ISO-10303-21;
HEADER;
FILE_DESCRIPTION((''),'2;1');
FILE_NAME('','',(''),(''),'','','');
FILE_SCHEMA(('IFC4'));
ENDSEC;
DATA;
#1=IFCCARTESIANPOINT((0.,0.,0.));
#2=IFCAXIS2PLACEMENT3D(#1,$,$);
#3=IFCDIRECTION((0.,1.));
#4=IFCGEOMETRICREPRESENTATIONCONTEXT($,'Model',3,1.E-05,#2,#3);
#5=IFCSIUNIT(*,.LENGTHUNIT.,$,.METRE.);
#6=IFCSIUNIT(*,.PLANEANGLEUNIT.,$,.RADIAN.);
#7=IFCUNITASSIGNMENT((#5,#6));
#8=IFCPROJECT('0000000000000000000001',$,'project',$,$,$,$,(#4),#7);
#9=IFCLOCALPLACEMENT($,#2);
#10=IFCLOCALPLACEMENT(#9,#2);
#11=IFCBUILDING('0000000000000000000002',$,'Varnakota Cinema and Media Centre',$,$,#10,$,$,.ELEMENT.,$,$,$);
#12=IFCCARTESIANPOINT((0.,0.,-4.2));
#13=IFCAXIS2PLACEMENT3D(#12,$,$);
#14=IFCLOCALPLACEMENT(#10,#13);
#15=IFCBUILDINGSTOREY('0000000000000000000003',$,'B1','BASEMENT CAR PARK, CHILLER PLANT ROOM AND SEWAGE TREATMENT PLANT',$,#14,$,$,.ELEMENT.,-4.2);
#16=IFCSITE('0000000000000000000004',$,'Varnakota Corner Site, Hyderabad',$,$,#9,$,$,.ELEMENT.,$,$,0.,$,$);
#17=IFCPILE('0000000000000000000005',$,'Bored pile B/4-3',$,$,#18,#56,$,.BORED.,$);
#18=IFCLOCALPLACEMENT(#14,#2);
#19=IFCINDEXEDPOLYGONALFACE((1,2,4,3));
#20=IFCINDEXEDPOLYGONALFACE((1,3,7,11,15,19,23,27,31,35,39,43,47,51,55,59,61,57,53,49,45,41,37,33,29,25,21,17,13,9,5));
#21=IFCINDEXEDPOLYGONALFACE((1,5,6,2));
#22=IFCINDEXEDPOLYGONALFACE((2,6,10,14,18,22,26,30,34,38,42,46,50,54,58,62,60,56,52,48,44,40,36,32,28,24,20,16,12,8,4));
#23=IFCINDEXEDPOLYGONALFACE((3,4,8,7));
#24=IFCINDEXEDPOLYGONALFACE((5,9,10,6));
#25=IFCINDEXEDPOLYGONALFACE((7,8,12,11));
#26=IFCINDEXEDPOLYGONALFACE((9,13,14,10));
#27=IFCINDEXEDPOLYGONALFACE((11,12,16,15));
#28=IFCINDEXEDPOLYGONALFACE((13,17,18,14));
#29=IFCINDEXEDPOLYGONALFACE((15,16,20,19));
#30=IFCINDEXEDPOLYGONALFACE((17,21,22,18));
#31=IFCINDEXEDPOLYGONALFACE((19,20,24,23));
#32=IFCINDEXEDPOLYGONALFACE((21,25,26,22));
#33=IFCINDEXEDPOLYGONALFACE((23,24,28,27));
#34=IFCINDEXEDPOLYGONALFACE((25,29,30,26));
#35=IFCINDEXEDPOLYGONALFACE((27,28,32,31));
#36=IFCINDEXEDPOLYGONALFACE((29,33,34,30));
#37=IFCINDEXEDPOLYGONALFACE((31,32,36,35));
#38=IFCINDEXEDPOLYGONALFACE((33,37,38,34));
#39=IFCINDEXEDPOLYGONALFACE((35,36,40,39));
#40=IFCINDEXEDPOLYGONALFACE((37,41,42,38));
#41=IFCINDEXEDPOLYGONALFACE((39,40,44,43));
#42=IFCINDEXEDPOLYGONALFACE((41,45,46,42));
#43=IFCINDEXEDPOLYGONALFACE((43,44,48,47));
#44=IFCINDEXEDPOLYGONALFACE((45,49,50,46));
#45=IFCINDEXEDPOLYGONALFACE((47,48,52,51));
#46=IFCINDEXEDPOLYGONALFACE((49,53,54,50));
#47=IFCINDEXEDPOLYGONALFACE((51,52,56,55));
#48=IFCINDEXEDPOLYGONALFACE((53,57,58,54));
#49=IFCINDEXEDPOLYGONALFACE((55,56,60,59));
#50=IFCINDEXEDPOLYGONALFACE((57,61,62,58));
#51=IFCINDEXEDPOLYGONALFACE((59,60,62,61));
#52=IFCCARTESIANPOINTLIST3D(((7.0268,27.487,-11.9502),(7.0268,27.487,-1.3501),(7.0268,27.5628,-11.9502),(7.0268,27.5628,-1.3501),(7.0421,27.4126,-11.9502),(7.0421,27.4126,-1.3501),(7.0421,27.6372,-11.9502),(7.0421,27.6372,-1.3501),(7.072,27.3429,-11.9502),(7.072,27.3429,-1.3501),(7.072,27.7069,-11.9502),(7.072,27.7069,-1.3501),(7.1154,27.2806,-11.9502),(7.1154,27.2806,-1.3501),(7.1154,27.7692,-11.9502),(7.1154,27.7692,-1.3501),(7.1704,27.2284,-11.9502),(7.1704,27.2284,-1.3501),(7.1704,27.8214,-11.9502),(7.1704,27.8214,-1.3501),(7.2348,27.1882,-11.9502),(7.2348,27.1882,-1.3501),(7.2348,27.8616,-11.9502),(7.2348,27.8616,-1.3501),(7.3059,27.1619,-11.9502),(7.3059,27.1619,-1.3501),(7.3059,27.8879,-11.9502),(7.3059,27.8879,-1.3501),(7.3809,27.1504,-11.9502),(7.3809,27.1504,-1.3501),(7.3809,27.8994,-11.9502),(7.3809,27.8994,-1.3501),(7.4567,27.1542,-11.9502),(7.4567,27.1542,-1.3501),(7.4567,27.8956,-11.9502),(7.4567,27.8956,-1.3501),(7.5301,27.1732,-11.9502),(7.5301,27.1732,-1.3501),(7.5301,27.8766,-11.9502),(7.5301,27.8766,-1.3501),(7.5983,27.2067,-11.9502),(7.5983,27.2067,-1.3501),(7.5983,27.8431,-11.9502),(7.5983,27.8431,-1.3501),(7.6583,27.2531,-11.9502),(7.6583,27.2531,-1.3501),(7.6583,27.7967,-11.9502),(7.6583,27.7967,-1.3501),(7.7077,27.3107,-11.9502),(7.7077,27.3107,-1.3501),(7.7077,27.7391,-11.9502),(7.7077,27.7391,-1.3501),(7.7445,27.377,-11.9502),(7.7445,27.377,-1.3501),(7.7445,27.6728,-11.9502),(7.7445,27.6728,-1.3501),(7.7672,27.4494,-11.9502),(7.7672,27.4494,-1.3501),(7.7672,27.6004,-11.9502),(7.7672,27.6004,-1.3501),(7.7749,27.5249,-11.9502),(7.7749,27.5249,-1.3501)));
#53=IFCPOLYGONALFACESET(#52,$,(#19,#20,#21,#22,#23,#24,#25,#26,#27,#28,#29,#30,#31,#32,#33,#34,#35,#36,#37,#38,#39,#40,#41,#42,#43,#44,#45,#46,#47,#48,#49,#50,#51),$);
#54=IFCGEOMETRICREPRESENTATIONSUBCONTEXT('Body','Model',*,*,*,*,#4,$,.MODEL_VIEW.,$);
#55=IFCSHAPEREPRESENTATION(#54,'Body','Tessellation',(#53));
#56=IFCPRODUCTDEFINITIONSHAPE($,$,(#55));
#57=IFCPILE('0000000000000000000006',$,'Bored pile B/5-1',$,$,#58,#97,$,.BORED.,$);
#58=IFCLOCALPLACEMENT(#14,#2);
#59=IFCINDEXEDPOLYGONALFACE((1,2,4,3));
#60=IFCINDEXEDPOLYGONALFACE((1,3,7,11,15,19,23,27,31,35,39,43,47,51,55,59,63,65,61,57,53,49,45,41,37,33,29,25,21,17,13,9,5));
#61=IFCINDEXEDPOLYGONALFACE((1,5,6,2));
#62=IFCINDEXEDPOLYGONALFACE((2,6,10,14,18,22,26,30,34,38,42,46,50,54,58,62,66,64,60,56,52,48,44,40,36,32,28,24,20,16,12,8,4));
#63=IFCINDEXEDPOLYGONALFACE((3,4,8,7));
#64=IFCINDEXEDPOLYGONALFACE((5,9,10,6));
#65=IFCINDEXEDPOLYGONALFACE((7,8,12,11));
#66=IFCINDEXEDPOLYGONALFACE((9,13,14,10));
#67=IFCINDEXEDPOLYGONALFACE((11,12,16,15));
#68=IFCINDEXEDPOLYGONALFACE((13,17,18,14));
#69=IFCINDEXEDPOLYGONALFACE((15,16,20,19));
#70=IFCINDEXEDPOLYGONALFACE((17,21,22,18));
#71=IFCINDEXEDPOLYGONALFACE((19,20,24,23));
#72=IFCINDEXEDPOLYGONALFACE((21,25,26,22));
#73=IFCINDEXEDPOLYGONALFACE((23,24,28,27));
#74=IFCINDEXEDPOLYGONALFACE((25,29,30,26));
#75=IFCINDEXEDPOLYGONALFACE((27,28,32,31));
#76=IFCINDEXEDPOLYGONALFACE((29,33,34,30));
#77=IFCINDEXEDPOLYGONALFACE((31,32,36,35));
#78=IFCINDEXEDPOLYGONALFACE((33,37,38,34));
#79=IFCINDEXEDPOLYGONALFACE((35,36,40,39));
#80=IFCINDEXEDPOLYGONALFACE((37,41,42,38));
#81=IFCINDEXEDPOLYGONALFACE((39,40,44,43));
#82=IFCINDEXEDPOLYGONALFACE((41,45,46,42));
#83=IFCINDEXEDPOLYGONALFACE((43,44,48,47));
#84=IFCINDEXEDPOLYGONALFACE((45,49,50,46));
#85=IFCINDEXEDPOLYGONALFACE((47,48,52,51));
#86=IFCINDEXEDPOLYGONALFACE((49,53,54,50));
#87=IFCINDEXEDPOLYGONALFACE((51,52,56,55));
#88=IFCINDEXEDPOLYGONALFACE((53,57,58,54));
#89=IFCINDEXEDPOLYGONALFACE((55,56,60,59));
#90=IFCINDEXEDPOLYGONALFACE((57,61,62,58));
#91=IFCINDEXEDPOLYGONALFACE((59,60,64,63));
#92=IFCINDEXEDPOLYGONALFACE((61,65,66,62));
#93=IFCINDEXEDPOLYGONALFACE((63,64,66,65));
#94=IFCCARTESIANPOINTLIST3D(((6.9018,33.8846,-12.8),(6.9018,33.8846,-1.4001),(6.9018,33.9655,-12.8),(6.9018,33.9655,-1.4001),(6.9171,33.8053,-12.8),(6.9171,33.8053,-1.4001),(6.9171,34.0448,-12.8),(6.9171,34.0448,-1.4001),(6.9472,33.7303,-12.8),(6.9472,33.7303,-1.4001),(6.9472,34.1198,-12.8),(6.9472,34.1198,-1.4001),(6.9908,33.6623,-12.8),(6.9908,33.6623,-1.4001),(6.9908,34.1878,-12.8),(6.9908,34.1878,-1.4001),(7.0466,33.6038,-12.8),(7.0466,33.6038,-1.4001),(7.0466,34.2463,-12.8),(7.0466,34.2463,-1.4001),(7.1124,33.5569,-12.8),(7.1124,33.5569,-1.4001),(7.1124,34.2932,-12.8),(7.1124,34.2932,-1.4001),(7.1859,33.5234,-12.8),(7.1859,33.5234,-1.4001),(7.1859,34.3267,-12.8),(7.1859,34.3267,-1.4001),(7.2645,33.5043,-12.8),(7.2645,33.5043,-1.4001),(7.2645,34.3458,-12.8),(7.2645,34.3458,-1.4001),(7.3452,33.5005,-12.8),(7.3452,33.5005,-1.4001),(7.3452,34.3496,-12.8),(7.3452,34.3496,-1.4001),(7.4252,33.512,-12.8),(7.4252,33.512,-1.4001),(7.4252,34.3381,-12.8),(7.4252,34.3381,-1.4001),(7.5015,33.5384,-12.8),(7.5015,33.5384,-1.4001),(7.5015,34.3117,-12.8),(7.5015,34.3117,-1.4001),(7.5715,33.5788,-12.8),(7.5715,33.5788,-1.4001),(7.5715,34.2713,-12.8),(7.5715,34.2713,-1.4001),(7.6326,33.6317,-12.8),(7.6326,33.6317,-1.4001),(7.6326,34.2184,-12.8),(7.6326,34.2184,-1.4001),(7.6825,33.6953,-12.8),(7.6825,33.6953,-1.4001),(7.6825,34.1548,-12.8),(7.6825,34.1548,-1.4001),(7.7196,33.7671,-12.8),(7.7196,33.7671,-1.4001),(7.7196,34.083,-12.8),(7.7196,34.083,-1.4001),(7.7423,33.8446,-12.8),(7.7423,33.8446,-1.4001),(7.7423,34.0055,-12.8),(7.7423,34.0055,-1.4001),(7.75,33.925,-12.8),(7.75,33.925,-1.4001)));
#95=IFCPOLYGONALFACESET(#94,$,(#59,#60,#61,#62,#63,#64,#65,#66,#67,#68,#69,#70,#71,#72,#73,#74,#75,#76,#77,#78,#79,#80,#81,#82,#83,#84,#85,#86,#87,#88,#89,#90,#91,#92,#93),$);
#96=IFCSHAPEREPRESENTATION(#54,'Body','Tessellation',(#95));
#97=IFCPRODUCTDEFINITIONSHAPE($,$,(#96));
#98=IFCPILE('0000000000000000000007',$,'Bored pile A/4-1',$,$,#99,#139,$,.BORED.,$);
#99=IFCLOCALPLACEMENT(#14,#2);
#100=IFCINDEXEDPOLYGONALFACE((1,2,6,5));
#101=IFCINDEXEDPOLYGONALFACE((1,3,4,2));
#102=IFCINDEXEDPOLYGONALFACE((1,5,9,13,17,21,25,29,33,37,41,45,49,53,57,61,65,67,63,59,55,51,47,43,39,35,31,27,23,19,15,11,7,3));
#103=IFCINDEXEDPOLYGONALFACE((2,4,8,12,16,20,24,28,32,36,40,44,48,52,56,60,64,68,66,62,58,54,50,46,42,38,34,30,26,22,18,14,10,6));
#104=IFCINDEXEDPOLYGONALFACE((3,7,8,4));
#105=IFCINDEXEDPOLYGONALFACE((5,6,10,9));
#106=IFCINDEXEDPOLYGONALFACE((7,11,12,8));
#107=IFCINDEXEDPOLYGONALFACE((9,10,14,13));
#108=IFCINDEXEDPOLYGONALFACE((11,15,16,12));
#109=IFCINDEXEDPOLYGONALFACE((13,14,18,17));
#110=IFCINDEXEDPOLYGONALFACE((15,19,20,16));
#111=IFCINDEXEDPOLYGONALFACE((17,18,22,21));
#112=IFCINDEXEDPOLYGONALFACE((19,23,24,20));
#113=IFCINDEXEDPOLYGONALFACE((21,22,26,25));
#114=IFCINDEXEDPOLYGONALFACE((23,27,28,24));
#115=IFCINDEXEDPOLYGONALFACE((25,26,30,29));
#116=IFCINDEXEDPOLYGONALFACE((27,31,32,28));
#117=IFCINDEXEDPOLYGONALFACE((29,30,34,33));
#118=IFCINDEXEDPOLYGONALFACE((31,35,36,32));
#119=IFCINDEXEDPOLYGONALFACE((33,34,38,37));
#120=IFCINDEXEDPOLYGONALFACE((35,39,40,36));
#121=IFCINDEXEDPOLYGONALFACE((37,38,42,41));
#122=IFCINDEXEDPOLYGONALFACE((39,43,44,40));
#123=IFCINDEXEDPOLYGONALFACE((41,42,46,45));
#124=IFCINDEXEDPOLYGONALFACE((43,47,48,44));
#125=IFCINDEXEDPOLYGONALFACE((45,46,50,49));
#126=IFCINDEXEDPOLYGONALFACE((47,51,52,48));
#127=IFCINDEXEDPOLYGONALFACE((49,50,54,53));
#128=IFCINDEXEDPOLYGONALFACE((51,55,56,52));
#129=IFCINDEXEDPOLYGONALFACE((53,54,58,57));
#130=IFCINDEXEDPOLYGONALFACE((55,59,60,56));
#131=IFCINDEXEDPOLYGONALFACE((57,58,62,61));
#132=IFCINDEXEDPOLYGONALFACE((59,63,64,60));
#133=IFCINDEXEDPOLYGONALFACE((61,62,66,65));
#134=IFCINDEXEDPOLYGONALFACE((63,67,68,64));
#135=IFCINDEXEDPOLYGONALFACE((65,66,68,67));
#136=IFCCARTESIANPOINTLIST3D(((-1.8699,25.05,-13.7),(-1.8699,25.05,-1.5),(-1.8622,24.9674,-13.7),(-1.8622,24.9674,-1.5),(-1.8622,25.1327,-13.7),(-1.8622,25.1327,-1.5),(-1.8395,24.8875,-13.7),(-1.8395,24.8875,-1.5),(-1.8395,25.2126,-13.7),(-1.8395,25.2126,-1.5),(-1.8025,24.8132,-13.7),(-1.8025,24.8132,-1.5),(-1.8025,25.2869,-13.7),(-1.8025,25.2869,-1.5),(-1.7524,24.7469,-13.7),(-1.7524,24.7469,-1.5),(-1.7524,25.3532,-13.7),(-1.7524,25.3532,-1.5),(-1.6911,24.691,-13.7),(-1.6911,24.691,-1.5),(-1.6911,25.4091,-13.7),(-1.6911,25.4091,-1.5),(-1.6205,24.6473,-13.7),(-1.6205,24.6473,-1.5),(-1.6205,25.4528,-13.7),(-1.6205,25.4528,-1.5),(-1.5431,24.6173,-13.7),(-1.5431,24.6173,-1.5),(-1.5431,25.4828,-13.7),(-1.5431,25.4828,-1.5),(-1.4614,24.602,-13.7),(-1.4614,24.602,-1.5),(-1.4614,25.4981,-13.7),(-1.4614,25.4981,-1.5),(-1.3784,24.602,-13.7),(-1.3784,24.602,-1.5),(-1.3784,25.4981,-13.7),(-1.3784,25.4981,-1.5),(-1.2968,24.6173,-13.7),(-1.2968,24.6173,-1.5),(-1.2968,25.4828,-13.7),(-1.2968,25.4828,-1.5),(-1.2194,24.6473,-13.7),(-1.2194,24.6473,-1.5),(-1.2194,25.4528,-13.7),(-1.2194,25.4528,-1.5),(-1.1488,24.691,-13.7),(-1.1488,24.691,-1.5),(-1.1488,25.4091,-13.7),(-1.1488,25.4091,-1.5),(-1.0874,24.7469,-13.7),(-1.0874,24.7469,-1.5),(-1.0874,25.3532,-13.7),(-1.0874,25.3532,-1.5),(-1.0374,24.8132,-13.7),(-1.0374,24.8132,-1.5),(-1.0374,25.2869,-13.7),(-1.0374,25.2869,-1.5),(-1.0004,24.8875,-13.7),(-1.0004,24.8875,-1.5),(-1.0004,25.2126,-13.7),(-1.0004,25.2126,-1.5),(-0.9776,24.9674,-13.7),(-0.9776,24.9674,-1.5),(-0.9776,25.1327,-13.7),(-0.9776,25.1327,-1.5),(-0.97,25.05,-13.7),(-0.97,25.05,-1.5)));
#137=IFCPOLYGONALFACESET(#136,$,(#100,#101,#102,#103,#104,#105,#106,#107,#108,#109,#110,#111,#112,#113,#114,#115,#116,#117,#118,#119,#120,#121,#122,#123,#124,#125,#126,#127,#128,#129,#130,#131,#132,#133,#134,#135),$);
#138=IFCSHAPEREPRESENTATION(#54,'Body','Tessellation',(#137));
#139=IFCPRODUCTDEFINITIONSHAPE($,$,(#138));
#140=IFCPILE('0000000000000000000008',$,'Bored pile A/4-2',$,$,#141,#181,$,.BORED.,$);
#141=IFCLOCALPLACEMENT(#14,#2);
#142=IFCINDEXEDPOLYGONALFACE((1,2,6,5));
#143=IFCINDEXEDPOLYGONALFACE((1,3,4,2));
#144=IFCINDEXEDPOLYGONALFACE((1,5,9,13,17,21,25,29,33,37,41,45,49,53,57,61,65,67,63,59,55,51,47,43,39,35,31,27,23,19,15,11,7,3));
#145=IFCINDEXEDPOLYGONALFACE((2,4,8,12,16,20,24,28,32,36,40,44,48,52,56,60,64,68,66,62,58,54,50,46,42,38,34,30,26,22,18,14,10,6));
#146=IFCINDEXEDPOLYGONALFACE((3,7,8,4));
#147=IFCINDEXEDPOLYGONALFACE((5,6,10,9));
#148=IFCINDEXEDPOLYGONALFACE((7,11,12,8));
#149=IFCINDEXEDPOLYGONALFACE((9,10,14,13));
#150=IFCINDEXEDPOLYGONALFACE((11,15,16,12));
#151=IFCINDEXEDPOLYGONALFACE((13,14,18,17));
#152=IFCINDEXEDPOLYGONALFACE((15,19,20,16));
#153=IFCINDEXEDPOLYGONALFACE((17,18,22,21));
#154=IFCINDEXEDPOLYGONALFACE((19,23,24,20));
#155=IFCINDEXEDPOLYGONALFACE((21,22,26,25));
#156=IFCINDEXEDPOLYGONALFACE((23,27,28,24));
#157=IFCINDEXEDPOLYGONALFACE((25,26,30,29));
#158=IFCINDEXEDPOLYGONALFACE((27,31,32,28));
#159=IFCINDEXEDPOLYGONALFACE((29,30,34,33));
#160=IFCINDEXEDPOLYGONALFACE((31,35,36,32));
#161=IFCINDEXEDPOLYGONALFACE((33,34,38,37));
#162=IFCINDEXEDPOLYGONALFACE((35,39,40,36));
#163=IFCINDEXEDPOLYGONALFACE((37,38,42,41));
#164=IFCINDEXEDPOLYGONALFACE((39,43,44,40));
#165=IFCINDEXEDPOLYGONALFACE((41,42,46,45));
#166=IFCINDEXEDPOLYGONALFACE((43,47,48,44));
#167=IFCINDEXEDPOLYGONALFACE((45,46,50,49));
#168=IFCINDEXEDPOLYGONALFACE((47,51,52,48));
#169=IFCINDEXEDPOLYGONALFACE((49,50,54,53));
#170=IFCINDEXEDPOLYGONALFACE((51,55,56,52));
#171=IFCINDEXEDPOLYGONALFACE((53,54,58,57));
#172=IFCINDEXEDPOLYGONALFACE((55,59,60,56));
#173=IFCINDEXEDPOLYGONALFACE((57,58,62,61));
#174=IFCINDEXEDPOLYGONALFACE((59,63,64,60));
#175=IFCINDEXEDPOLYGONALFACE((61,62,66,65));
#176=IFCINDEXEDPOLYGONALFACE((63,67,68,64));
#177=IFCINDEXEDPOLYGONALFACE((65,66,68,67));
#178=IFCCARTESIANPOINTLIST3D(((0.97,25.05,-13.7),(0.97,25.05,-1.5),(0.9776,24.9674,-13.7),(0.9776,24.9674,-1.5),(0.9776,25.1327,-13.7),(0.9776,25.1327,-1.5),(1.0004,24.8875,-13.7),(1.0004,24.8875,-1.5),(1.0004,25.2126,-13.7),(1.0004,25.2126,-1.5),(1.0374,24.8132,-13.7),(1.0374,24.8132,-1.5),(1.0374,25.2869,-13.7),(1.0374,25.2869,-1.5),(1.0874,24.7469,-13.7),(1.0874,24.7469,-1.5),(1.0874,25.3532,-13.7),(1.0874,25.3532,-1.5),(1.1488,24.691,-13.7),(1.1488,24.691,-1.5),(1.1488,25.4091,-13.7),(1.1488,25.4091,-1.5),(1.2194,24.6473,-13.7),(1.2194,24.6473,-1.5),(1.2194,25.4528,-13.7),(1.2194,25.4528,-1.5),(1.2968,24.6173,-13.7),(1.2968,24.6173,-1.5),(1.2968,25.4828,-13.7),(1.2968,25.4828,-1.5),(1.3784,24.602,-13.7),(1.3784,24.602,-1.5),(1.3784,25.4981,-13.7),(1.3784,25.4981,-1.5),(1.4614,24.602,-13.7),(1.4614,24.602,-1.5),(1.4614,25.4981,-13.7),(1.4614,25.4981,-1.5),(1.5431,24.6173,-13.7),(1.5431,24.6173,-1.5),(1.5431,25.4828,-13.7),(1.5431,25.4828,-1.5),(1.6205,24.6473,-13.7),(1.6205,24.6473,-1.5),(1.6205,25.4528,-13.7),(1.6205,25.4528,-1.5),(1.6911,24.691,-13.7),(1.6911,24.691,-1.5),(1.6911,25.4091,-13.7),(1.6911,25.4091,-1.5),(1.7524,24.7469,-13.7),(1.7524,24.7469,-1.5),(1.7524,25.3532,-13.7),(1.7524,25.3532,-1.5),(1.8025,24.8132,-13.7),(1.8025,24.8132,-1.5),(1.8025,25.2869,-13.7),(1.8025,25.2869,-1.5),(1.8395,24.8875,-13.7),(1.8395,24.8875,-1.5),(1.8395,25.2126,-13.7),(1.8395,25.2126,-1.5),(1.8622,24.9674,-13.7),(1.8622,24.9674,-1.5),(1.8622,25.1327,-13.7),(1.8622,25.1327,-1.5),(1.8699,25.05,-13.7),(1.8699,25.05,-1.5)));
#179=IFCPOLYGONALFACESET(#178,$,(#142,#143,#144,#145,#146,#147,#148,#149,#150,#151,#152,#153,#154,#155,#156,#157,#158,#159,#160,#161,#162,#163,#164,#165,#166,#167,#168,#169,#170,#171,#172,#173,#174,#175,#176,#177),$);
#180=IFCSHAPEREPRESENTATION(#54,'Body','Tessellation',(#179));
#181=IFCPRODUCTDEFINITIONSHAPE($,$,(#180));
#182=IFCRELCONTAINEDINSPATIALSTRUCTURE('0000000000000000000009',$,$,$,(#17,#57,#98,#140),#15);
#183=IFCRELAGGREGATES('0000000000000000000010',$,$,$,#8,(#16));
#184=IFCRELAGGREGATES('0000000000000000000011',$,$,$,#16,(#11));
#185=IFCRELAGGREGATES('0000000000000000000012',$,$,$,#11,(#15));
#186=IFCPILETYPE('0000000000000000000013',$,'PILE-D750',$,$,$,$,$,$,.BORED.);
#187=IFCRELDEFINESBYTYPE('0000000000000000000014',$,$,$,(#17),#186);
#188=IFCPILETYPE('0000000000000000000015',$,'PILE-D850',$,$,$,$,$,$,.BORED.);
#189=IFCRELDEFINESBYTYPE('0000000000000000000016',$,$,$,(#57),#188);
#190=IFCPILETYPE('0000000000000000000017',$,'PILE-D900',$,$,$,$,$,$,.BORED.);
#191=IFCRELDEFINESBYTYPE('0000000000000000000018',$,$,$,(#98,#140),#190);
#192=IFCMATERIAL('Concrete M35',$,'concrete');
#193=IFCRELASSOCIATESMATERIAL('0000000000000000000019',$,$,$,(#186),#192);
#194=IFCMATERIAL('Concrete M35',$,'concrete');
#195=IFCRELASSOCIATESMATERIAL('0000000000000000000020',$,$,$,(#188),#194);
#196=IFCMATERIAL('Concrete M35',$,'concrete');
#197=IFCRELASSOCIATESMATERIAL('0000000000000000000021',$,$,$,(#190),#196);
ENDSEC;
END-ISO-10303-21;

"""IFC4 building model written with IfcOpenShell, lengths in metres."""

from ifc_helpers import new_model, si_unit, direction, frame, origin, origin_2d, place, context, subcontext, project, spatial, circle, extrude, material, material_profile, profile_set, type_object, element, save


model = new_model("IFC4")

# Units and contexts
model_context = context("Model", 3, precision=1e-05, world=origin(), true_north=direction((0.0, 1.0)))
body_context = subcontext(model_context, "Body", "Model", "MODEL_VIEW")
ifc_project = project(units=[si_unit("LENGTHUNIT", "METRE"), si_unit("PLANEANGLEUNIT", "RADIAN")], contexts=[model_context])

# Site, building, storey
site_placement = place(None, origin())
site = spatial("IfcSite", under=ifc_project, at=site_placement, Name="Varnakota Corner Site, Hyderabad", CompositionType="ELEMENT", RefElevation=0.0)
building_placement = place(site_placement, origin())
building = spatial("IfcBuilding", under=site, at=building_placement, Name="Varnakota Cinema and Media Centre", CompositionType="ELEMENT")
storey_placement = place(building_placement, frame((0.0, 0.0, -4.2)))
storey = spatial("IfcBuildingStorey", under=building, at=storey_placement, Name="B1", Description="BASEMENT CAR PARK, CHILLER PLANT ROOM AND SEWAGE TREATMENT PLANT", CompositionType="ELEMENT", Elevation=-4.2)

# Piles
ifc_material_1 = material(Name="Concrete M35", Category="concrete")
ifc_material_profile_1 = material_profile(ifc_material_1, circle(Radius=0.375, at=origin_2d()), Name="PILE D750")
ifc_profile_set_1 = profile_set([ifc_material_profile_1], Name="Concrete M35")
pile_type_1 = type_object("IfcPileType", Name="PILE-D750", PredefinedType="BORED", material=ifc_profile_set_1)
for number, where, z_axis, x_axis, name in (
    (1, (7.3999, 27.5249, -1.3501), (0.0, 0.0, -1.0), (1.0, 0.0, 0.0), "Bored pile B/4-3"),
):
    element("IfcPile", number, at=place(storey_placement, frame(where, z_axis=z_axis, x_axis=x_axis)), inside=storey, type_object=pile_type_1, Name=name, PredefinedType="BORED", context=body_context, shape_type="SweptSolid", body=[
        extrude(circle(Radius=0.375, at=origin_2d()), origin(), (0.0, 0.0, 1.0), 10.6001),
    ])
ifc_material_2 = material(Name="Concrete M35", Category="concrete")
ifc_material_profile_2 = material_profile(ifc_material_2, circle(Radius=0.425, at=origin_2d()), Name="PILE D850")
ifc_profile_set_2 = profile_set([ifc_material_profile_2], Name="Concrete M35")
pile_type_2 = type_object("IfcPileType", Name="PILE-D850", PredefinedType="BORED", material=ifc_profile_set_2)
pile_placement = place(storey_placement, frame((7.325, 33.925, -1.4001), z_axis=(0.0, 0.0, -1.0), x_axis=(1.0, 0.0, 0.0)))
element("IfcPile", 2, at=pile_placement, inside=storey, type_object=pile_type_2, Name="Bored pile B/5-1", PredefinedType="BORED", context=body_context, shape_type="SweptSolid", body=[
    extrude(circle(Radius=0.425, at=origin_2d()), origin(), (0.0, 0.0, 1.0), 11.3999),
])
ifc_material_3 = material(Name="Concrete M35", Category="concrete")
ifc_material_profile_3 = material_profile(ifc_material_3, circle(Radius=0.45, at=origin_2d()), Name="PILE D900")
ifc_profile_set_3 = profile_set([ifc_material_profile_3], Name="Concrete M35")
pile_type_3 = type_object("IfcPileType", Name="PILE-D900", PredefinedType="BORED", material=ifc_profile_set_3)
for number, where, z_axis, x_axis, name in (
    (3, (-1.4199, 25.05, -1.5), (0.0, 0.0, -1.0), (1.0, 0.0, 0.0), "Bored pile A/4-1"),
    (4, (1.4199, 25.05, -1.5), (0.0, 0.0, -1.0), (1.0, 0.0, 0.0), "Bored pile A/4-2"),
):
    element("IfcPile", number, at=place(storey_placement, frame(where, z_axis=z_axis, x_axis=x_axis)), inside=storey, type_object=pile_type_3, Name=name, PredefinedType="BORED", context=body_context, shape_type="SweptSolid", body=[
        extrude(circle(Radius=0.45, at=origin_2d()), origin(), (0.0, 0.0, 1.0), 12.2),
    ])

save(model, "model.ifc")
